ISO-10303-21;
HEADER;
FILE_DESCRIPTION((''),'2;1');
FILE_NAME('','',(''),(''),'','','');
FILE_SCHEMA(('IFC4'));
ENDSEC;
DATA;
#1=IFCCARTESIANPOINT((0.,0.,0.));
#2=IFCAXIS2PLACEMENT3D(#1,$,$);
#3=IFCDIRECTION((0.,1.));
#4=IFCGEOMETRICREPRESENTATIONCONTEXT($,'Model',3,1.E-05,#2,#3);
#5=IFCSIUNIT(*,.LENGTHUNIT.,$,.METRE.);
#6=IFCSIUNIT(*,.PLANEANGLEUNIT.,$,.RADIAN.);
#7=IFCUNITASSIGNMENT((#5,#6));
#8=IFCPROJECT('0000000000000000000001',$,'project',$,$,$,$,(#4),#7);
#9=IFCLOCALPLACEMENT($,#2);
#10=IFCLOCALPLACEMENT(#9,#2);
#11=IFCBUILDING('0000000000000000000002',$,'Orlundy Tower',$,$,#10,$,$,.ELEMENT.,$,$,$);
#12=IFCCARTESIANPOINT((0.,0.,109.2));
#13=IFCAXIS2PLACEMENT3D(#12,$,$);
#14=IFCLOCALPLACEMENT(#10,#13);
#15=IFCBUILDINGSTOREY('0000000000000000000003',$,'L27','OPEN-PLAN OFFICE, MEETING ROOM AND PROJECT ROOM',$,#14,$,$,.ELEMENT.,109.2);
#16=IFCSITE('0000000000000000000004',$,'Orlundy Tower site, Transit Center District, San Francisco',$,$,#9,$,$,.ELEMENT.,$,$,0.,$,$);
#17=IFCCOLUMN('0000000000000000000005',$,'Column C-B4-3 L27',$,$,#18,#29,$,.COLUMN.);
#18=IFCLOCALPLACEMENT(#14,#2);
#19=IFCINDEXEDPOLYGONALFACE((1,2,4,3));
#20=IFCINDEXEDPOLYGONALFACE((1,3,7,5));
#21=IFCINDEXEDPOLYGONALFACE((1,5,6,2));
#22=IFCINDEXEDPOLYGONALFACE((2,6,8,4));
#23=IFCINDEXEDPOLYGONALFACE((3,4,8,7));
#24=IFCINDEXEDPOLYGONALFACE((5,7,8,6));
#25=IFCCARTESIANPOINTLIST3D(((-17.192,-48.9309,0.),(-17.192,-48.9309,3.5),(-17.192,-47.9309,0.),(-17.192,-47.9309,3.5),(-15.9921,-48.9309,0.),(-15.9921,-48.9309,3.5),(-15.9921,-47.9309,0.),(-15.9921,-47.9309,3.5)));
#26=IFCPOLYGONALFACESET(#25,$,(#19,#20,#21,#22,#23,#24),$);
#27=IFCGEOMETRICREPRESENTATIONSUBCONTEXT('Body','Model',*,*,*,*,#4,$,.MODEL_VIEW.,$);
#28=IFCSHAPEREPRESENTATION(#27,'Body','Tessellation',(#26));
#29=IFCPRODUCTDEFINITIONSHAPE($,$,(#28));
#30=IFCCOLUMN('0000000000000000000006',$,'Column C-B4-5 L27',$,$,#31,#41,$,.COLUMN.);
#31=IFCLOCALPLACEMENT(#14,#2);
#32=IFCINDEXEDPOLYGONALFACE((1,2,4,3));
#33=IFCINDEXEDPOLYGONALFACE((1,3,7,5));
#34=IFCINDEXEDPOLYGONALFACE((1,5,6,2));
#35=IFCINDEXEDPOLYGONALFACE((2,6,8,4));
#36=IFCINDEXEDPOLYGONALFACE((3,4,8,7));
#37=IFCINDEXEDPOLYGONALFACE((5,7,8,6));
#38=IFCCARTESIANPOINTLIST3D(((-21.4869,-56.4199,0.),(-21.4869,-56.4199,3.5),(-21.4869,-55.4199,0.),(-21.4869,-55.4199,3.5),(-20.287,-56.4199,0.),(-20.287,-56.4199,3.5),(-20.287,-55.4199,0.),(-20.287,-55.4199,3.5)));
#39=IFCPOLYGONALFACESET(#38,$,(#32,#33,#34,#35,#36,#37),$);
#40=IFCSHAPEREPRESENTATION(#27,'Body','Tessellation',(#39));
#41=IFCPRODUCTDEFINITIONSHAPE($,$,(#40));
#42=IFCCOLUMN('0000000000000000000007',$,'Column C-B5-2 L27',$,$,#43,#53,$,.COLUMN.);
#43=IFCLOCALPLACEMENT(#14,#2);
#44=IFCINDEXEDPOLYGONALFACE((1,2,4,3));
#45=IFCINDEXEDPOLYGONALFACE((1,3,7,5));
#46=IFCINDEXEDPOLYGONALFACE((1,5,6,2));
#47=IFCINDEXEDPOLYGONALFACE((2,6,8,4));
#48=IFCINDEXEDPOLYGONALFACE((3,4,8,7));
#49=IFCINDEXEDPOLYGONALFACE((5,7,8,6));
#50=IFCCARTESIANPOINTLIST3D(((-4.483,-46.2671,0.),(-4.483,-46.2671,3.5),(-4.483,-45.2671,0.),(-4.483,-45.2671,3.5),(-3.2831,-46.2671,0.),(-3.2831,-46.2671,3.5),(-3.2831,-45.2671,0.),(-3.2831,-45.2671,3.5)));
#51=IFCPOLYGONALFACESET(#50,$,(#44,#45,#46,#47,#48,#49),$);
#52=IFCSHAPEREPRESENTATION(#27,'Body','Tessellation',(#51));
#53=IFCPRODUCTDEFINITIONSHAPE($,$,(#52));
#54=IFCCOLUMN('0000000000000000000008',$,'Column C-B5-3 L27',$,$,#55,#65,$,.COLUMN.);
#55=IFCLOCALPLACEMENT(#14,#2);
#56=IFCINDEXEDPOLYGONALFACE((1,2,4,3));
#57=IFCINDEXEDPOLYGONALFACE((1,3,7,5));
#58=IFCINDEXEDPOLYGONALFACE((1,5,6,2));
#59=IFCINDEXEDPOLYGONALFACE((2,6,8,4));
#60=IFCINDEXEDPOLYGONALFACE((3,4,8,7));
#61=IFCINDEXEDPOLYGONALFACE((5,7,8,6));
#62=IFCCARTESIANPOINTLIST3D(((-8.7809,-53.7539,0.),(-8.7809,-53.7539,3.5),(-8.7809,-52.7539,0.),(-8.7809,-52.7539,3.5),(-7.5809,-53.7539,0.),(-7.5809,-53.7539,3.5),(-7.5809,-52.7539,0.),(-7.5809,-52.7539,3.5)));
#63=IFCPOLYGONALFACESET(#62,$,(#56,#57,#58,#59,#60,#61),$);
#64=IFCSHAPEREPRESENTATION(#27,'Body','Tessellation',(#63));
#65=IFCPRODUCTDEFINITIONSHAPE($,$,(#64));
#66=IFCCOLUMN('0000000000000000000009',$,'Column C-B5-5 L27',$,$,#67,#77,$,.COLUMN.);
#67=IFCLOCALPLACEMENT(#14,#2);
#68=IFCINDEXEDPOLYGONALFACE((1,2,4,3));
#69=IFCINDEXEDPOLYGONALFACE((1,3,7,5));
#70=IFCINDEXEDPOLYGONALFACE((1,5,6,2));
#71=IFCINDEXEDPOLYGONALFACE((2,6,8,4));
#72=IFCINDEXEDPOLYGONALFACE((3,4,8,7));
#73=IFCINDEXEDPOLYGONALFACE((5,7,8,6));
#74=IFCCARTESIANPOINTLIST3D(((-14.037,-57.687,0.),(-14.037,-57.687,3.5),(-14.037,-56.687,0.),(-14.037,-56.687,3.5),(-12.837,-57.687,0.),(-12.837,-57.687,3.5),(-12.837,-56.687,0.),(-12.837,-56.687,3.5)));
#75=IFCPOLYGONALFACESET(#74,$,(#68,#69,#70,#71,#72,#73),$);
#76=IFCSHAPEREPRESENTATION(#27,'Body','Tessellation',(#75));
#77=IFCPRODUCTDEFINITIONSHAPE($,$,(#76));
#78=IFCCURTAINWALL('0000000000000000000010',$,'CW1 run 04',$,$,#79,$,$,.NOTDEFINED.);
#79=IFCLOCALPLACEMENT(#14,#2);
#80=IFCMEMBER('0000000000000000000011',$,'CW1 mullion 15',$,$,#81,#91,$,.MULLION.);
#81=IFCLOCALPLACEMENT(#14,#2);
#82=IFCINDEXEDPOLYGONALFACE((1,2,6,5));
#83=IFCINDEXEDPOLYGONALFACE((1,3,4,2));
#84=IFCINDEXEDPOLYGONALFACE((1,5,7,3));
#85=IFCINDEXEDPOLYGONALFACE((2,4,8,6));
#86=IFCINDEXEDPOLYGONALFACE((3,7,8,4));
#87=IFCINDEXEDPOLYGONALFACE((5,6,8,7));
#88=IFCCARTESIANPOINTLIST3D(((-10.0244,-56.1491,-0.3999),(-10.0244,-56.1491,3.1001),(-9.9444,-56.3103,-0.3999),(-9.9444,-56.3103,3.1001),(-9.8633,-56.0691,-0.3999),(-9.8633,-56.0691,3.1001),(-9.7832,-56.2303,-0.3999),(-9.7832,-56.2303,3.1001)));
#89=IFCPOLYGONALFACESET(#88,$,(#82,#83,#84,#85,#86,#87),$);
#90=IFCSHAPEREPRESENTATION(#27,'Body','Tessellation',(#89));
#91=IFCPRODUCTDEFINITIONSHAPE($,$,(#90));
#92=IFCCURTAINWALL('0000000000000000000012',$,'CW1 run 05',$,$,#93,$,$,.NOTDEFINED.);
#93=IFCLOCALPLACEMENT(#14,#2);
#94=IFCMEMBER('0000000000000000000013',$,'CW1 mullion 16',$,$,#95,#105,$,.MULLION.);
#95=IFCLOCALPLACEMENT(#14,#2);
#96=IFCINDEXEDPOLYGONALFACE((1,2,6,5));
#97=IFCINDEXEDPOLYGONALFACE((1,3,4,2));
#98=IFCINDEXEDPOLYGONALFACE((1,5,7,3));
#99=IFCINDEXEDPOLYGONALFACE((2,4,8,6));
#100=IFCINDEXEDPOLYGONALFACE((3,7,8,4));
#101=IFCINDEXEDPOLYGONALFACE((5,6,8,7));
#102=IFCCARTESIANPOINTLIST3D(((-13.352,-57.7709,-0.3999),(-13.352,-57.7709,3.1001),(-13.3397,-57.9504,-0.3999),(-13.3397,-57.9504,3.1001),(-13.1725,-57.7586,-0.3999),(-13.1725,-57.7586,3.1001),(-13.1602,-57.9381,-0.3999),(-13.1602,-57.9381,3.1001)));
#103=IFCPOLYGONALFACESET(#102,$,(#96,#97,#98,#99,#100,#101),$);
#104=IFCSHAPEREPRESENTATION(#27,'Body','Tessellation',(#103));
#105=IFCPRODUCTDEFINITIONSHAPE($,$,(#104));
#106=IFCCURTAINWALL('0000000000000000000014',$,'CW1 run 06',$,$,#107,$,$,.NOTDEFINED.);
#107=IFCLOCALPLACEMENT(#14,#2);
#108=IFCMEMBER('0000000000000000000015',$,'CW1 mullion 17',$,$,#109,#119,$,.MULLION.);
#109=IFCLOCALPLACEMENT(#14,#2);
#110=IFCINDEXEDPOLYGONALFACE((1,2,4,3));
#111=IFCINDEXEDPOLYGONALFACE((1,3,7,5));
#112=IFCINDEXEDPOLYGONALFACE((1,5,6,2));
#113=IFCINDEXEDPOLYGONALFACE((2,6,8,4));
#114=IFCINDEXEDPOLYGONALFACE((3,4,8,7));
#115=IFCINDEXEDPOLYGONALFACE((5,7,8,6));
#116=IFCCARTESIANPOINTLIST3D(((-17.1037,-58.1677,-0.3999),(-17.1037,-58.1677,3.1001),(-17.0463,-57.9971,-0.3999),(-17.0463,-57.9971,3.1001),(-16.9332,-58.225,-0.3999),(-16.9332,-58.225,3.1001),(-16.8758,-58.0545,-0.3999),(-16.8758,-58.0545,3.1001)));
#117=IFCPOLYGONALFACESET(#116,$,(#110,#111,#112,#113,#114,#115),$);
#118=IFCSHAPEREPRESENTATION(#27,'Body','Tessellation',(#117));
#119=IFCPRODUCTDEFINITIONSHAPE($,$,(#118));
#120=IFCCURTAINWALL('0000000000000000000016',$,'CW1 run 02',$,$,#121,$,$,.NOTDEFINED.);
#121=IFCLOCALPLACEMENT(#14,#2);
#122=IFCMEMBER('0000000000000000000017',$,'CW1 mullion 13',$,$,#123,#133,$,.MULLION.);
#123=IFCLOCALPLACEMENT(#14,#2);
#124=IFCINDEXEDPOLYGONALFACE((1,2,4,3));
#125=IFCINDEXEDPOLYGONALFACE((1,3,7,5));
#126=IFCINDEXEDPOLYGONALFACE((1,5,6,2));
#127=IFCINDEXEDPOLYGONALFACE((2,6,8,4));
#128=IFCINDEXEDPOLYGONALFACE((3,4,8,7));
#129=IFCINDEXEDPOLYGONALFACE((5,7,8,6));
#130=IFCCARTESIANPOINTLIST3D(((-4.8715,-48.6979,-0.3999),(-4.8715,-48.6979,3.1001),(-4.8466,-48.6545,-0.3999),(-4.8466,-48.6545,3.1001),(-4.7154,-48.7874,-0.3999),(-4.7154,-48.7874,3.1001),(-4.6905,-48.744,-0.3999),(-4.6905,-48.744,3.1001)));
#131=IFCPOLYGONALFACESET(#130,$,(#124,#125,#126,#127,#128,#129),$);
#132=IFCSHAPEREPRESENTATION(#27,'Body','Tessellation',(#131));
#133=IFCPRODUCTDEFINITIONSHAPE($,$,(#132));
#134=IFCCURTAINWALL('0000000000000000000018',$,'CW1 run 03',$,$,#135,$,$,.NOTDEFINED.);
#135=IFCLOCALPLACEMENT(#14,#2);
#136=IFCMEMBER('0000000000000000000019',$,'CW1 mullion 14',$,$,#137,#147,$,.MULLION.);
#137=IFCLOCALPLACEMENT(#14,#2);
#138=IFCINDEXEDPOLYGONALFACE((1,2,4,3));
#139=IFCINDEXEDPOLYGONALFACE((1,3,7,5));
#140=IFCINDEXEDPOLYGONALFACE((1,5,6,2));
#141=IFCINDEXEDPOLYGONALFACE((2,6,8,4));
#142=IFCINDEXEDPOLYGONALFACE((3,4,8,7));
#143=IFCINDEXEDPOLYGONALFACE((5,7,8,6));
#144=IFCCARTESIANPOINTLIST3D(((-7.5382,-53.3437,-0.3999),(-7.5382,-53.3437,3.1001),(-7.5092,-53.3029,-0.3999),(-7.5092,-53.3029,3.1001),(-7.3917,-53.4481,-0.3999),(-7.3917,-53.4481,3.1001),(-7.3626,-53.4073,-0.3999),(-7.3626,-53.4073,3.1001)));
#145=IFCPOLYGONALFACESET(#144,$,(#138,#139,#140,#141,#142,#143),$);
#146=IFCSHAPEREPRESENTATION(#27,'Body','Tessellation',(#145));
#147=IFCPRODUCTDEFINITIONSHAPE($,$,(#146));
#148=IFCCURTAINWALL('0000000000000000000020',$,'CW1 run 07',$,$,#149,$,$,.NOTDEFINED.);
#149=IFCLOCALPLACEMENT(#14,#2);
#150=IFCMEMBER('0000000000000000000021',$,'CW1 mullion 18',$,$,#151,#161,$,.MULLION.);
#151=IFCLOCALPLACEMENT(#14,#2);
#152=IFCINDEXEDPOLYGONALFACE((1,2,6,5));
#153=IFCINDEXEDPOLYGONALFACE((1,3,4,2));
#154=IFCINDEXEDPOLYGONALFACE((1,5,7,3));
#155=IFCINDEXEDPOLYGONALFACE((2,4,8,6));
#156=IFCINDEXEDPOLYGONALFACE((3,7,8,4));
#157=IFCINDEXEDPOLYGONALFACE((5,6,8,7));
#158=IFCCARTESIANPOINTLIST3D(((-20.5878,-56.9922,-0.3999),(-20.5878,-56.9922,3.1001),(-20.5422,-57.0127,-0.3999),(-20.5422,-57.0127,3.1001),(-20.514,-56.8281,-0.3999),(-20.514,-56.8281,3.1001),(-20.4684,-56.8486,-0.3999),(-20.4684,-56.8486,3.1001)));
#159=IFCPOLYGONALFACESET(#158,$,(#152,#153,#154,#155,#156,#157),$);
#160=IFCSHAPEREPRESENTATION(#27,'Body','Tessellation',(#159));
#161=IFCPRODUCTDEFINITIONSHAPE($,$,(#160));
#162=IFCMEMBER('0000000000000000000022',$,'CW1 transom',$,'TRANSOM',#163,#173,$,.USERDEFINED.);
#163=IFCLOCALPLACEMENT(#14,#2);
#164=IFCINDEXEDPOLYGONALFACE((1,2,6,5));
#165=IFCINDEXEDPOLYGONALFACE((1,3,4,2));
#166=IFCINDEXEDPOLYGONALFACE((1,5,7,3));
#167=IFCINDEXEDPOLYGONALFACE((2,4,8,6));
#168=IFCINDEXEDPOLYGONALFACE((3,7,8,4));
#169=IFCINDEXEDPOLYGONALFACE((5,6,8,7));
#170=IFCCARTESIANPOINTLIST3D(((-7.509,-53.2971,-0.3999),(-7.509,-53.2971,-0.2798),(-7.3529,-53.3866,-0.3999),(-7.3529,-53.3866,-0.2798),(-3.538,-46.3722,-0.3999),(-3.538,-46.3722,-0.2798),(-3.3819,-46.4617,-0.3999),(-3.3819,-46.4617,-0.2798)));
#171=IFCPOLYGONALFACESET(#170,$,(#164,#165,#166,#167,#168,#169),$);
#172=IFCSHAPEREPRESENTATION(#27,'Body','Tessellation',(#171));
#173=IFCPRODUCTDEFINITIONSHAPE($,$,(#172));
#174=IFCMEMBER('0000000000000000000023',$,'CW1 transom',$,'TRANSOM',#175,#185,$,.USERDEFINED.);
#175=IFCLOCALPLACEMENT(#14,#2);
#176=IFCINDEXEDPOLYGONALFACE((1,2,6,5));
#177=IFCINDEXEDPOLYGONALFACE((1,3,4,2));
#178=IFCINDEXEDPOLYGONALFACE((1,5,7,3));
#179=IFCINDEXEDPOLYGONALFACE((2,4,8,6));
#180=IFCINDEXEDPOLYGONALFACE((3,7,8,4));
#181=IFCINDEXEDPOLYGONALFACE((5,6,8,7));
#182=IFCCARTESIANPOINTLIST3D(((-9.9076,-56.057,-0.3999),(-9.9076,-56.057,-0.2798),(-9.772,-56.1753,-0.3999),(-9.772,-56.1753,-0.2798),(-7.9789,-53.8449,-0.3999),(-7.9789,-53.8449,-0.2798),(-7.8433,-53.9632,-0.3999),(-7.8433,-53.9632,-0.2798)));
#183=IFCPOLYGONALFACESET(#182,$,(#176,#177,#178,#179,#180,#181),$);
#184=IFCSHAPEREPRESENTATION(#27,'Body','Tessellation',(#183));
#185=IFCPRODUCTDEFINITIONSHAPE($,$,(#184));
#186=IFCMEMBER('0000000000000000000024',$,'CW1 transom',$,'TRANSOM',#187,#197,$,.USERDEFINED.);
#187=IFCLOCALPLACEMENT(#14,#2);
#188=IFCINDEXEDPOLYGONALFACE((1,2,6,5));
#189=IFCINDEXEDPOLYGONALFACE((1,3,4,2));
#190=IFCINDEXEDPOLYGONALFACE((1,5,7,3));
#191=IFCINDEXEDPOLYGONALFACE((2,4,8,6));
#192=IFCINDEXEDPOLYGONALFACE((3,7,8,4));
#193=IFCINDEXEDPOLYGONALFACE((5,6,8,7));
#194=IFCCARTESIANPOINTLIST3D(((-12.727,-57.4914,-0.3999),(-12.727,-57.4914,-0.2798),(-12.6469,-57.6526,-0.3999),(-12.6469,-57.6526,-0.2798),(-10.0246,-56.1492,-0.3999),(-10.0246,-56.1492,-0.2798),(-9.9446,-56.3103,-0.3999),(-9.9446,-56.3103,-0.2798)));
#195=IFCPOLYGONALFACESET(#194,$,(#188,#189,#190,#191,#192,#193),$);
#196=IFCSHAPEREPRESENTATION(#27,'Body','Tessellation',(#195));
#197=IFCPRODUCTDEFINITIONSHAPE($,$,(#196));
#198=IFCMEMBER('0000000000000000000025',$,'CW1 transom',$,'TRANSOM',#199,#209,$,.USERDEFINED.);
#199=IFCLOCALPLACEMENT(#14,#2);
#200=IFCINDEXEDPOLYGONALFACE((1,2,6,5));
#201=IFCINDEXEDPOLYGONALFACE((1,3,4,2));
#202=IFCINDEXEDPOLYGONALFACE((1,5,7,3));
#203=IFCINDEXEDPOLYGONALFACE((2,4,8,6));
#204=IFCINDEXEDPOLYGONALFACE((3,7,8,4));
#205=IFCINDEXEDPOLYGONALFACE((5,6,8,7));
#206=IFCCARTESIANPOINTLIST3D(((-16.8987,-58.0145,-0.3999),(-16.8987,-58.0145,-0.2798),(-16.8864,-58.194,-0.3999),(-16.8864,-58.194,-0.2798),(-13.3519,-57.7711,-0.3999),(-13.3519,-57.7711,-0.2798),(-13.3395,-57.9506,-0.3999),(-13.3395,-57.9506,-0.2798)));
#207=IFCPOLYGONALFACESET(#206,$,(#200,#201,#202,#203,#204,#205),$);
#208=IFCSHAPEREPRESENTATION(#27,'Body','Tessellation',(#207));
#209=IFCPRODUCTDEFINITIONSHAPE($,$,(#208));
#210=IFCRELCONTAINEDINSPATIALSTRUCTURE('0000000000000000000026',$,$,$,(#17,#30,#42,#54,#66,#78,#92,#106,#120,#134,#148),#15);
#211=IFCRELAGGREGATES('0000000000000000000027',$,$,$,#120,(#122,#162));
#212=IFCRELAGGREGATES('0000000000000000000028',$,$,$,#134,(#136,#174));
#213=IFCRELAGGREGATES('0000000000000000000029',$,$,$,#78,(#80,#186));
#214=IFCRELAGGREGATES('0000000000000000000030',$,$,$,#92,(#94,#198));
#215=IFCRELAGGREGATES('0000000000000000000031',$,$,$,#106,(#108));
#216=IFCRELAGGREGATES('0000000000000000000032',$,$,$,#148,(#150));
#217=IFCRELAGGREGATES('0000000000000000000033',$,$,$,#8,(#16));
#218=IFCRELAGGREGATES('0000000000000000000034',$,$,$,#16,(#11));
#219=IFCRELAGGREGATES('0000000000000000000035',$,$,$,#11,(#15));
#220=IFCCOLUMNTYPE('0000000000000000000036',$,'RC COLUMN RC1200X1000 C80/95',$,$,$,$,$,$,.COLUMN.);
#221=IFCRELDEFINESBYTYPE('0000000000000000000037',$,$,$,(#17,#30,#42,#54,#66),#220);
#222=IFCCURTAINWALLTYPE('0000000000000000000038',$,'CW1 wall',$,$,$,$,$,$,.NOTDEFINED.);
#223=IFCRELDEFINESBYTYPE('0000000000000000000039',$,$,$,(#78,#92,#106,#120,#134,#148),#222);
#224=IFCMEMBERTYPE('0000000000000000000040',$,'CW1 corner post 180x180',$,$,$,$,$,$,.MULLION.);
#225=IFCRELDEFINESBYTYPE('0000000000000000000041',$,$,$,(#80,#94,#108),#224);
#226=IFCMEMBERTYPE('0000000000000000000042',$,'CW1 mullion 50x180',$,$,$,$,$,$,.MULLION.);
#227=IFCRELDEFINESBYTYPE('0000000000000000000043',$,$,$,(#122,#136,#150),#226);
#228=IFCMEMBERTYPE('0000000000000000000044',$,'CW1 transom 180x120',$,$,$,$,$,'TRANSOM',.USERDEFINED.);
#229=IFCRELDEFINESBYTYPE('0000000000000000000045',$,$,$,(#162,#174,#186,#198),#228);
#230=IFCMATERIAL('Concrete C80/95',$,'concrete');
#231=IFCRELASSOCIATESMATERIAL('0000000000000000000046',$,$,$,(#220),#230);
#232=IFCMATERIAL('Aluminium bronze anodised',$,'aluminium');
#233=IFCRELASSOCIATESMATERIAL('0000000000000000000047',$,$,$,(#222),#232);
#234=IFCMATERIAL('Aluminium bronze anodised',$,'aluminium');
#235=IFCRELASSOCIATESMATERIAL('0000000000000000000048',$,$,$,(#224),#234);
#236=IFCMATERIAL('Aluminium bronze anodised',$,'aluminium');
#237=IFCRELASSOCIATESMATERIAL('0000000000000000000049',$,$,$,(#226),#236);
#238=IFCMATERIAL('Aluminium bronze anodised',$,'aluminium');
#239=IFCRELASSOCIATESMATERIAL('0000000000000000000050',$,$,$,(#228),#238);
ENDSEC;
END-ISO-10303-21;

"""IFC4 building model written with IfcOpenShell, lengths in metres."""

from ifc_helpers import new_model, si_unit, direction, frame, origin, origin_2d, place, context, subcontext, project, spatial, rectangle, extrude, material, material_profile, profile_set, type_object, element, aggregate, save


model = new_model("IFC4")

# Units and contexts
model_context = context("Model", 3, precision=1e-05, world=origin(), true_north=direction((0.0, 1.0)))
body_context = subcontext(model_context, "Body", "Model", "MODEL_VIEW")
ifc_project = project(units=[si_unit("LENGTHUNIT", "METRE"), si_unit("PLANEANGLEUNIT", "RADIAN")], contexts=[model_context])

# Site, building, storey
site_placement = place(None, origin())
site = spatial("IfcSite", under=ifc_project, at=site_placement, Name="Orlundy Tower site, Transit Center District, San Francisco", CompositionType="ELEMENT", RefElevation=0.0)
building_placement = place(site_placement, origin())
building = spatial("IfcBuilding", under=site, at=building_placement, Name="Orlundy Tower", CompositionType="ELEMENT")
storey_placement = place(building_placement, frame((0.0, 0.0, 109.2)))
storey = spatial("IfcBuildingStorey", under=building, at=storey_placement, Name="L27", Description="OPEN-PLAN OFFICE, MEETING ROOM AND PROJECT ROOM", CompositionType="ELEMENT", Elevation=109.2)

# Columns
ifc_material_1 = material(Name="Concrete C80/95", Category="concrete")
ifc_material_profile_1 = material_profile(ifc_material_1, rectangle(XDim=1.2, YDim=1.0, at=origin_2d()), Name="RC1200X1000")
ifc_profile_set_1 = profile_set([ifc_material_profile_1], Name="Concrete C80/95")
column_type = type_object("IfcColumnType", Name="RC COLUMN RC1200X1000 C80/95", PredefinedType="COLUMN", material=ifc_profile_set_1)
for number, where, z_axis, x_axis, name in (
    (1, (-16.592, -48.4309, 0.0), (0.0, 0.0, 1.0), (1.0, 0.0, 0.0), "Column C-B4-3 L27"),
    (2, (-20.887, -55.9199, 0.0), (0.0, 0.0, 1.0), (1.0, 0.0, 0.0), "Column C-B4-5 L27"),
    (3, (-3.8831, -45.7671, 0.0), (0.0, 0.0, 1.0), (1.0, 0.0, 0.0), "Column C-B5-2 L27"),
    (4, (-8.1809, -53.2539, 0.0), (0.0, 0.0, 1.0), (1.0, 0.0, 0.0), "Column C-B5-3 L27"),
    (5, (-13.437, -57.187, 0.0), (0.0, 0.0, 1.0), (1.0, 0.0, 0.0), "Column C-B5-5 L27"),
):
    element("IfcColumn", number, at=place(storey_placement, frame(where, z_axis=z_axis, x_axis=x_axis)), inside=storey, type_object=column_type, Name=name, PredefinedType="COLUMN", context=body_context, shape_type="SweptSolid", body=[
        extrude(rectangle(XDim=1.2, YDim=1.0, at=origin_2d()), origin(), (0.0, 0.0, 1.0), 3.5),
    ])

# Curtain walls, members
ifc_material_2 = material(Name="Aluminium bronze anodised", Category="aluminium")
curtain_wall_type = type_object("IfcCurtainWallType", Name="CW1 wall", PredefinedType="NOTDEFINED", material=ifc_material_2)
curtain_wall_1_placement = place(storey_placement, origin())
curtain_wall_1 = element("IfcCurtainWall", 6, at=curtain_wall_1_placement, inside=storey, type_object=curtain_wall_type, Name="CW1 run 04", PredefinedType="NOTDEFINED")
ifc_material_3 = material(Name="Aluminium bronze anodised", Category="aluminium")
ifc_material_profile_2 = material_profile(ifc_material_3, rectangle(XDim=0.1799, YDim=0.1799, at=origin_2d()), Name="CW1 corner post 180x180")
ifc_profile_set_2 = profile_set([ifc_material_profile_2], Name="Aluminium bronze anodised")
member_type_1 = type_object("IfcMemberType", Name="CW1 corner post 180x180", PredefinedType="MULLION", material=ifc_profile_set_2)
member_1_placement = place(storey_placement, frame((-9.9038, -56.1897, -0.3999), z_axis=(0.0, 0.0, 1.0), x_axis=(0.444838, -0.895611, 0.0)))
member_1 = element("IfcMember", 7, at=member_1_placement, type_object=member_type_1, Name="CW1 mullion 15", PredefinedType="MULLION", context=body_context, shape_type="SweptSolid", body=[
    extrude(rectangle(XDim=0.1799, YDim=0.1799, at=origin_2d()), origin(), (0.0, 0.0, 1.0), 3.5),
])
curtain_wall_2_placement = place(storey_placement, origin())
curtain_wall_2 = element("IfcCurtainWall", 8, at=curtain_wall_2_placement, inside=storey, type_object=curtain_wall_type, Name="CW1 run 05", PredefinedType="NOTDEFINED")
member_2_placement = place(storey_placement, frame((-13.2561, -57.8545, -0.3999), z_axis=(0.0, 0.0, 1.0), x_axis=(0.068524, -0.997649, 0.0)))
member_2 = element("IfcMember", 9, at=member_2_placement, type_object=member_type_1, Name="CW1 mullion 16", PredefinedType="MULLION", context=body_context, shape_type="SweptSolid", body=[
    extrude(rectangle(XDim=0.1799, YDim=0.1799, at=origin_2d()), origin(), (0.0, 0.0, 1.0), 3.5),
])
curtain_wall_3_placement = place(storey_placement, origin())
curtain_wall_3 = element("IfcCurtainWall", 10, at=curtain_wall_3_placement, inside=storey, type_object=curtain_wall_type, Name="CW1 run 06", PredefinedType="NOTDEFINED")
member_3_placement = place(storey_placement, frame((-16.9897, -58.1111, -0.3999), z_axis=(0.0, 0.0, 1.0), x_axis=(-0.318897, -0.947789, 0.0)))
member_3 = element("IfcMember", 11, at=member_3_placement, type_object=member_type_1, Name="CW1 mullion 17", PredefinedType="MULLION", context=body_context, shape_type="SweptSolid", body=[
    extrude(rectangle(XDim=0.1799, YDim=0.1799, at=origin_2d()), origin(), (0.0, 0.0, 1.0), 3.5),
])
curtain_wall_4_placement = place(storey_placement, origin())
curtain_wall_4 = element("IfcCurtainWall", 12, at=curtain_wall_4_placement, inside=storey, type_object=curtain_wall_type, Name="CW1 run 02", PredefinedType="NOTDEFINED")
ifc_material_4 = material(Name="Aluminium bronze anodised", Category="aluminium")
ifc_material_profile_3 = material_profile(ifc_material_4, rectangle(XDim=0.1799, YDim=0.05, at=origin_2d()), Name="CW1 mullion 50x180")
ifc_profile_set_3 = profile_set([ifc_material_profile_3], Name="Aluminium bronze anodised")
member_type_2 = type_object("IfcMemberType", Name="CW1 mullion 50x180", PredefinedType="MULLION", material=ifc_profile_set_3)
member_4_placement = place(storey_placement, frame((-4.781, -48.7209, -0.3999), z_axis=(0.0, 0.0, 1.0), x_axis=(0.867479, -0.497473, 0.0)))
member_4 = element("IfcMember", 13, at=member_4_placement, type_object=member_type_2, Name="CW1 mullion 13", PredefinedType="MULLION", context=body_context, shape_type="SweptSolid", body=[
    extrude(rectangle(XDim=0.1799, YDim=0.05, at=origin_2d()), origin(), (0.0, 0.0, 1.0), 3.5),
])
curtain_wall_5_placement = place(storey_placement, origin())
curtain_wall_5 = element("IfcCurtainWall", 14, at=curtain_wall_5_placement, inside=storey, type_object=curtain_wall_type, Name="CW1 run 03", PredefinedType="NOTDEFINED")
member_5_placement = place(storey_placement, frame((-7.4504, -53.3755, -0.3999), z_axis=(0.0, 0.0, 1.0), x_axis=(0.814535, -0.580114, 0.0)))
member_5 = element("IfcMember", 15, at=member_5_placement, type_object=member_type_2, Name="CW1 mullion 14", PredefinedType="MULLION", context=body_context, shape_type="SweptSolid", body=[
    extrude(rectangle(XDim=0.1799, YDim=0.05, at=origin_2d()), origin(), (0.0, 0.0, 1.0), 3.5),
])
curtain_wall_6_placement = place(storey_placement, origin())
curtain_wall_6 = element("IfcCurtainWall", 16, at=curtain_wall_6_placement, inside=storey, type_object=curtain_wall_type, Name="CW1 run 07", PredefinedType="NOTDEFINED")
member_6_placement = place(storey_placement, frame((-20.5281, -56.9204, -0.3999), z_axis=(0.0, 0.0, 1.0), x_axis=(-0.410158, -0.912015, 0.0)))
member_6 = element("IfcMember", 17, at=member_6_placement, type_object=member_type_2, Name="CW1 mullion 18", PredefinedType="MULLION", context=body_context, shape_type="SweptSolid", body=[
    extrude(rectangle(XDim=0.1799, YDim=0.05, at=origin_2d()), origin(), (0.0, 0.0, 1.0), 3.5),
])

# Members
ifc_material_5 = material(Name="Aluminium bronze anodised", Category="aluminium")
ifc_material_profile_4 = material_profile(ifc_material_5, rectangle(XDim=0.1799, YDim=0.1201, at=origin_2d()), Name="CW1 transom 180x120")
ifc_profile_set_4 = profile_set([ifc_material_profile_4], Name="Aluminium bronze anodised")
member_type_3 = type_object("IfcMemberType", Name="CW1 transom 180x120", ElementType="TRANSOM", PredefinedType="USERDEFINED", material=ifc_profile_set_4)
member_7_placement = place(storey_placement, frame((-3.46, -46.417, -0.3398), z_axis=(-0.497453, -0.867491, 0.0), x_axis=(0.867491, -0.497453, 0.0)))
member_7 = element("IfcMember", 18, at=member_7_placement, type_object=member_type_3, Name="CW1 transom", ObjectType="TRANSOM", PredefinedType="USERDEFINED", context=body_context, shape_type="SweptSolid", body=[
    extrude(rectangle(XDim=0.1799, YDim=0.1201, at=origin_2d()), origin(), (0.0, 0.0, 1.0), 7.9827),
])
member_8_placement = place(storey_placement, frame((-7.9111, -53.9041, -0.3398), z_axis=(-0.657167, -0.753745, 0.0), x_axis=(0.753745, -0.657167, 0.0)))
member_8 = element("IfcMember", 19, at=member_8_placement, type_object=member_type_3, Name="CW1 transom", ObjectType="TRANSOM", PredefinedType="USERDEFINED", context=body_context, shape_type="SweptSolid", body=[
    extrude(rectangle(XDim=0.1799, YDim=0.1201, at=origin_2d()), origin(), (0.0, 0.0, 1.0), 2.9348),
])
member_9_placement = place(storey_placement, frame((-9.9846, -56.2297, -0.3398), z_axis=(-0.895605, -0.444849, 0.0), x_axis=(0.444849, -0.895605, 0.0)))
member_9 = element("IfcMember", 20, at=member_9_placement, type_object=member_type_3, Name="CW1 transom", ObjectType="TRANSOM", PredefinedType="USERDEFINED", context=body_context, shape_type="SweptSolid", body=[
    extrude(rectangle(XDim=0.1799, YDim=0.1201, at=origin_2d()), origin(), (0.0, 0.0, 1.0), 3.0173),
])
member_10_placement = place(storey_placement, frame((-13.3457, -57.8608, -0.3398), z_axis=(-0.997654, -0.068465, 0.0), x_axis=(0.068465, -0.997654, 0.0)))
member_10 = element("IfcMember", 21, at=member_10_placement, type_object=member_type_3, Name="CW1 transom", ObjectType="TRANSOM", PredefinedType="USERDEFINED", context=body_context, shape_type="SweptSolid", body=[
    extrude(rectangle(XDim=0.1799, YDim=0.1201, at=origin_2d()), origin(), (0.0, 0.0, 1.0), 3.5552),
])

aggregate(curtain_wall_4, [member_4, member_7])
aggregate(curtain_wall_5, [member_5, member_8])
aggregate(curtain_wall_1, [member_1, member_9])
aggregate(curtain_wall_2, [member_2, member_10])
aggregate(curtain_wall_3, [member_3])
aggregate(curtain_wall_6, [member_6])

save(model, "model.ifc")
